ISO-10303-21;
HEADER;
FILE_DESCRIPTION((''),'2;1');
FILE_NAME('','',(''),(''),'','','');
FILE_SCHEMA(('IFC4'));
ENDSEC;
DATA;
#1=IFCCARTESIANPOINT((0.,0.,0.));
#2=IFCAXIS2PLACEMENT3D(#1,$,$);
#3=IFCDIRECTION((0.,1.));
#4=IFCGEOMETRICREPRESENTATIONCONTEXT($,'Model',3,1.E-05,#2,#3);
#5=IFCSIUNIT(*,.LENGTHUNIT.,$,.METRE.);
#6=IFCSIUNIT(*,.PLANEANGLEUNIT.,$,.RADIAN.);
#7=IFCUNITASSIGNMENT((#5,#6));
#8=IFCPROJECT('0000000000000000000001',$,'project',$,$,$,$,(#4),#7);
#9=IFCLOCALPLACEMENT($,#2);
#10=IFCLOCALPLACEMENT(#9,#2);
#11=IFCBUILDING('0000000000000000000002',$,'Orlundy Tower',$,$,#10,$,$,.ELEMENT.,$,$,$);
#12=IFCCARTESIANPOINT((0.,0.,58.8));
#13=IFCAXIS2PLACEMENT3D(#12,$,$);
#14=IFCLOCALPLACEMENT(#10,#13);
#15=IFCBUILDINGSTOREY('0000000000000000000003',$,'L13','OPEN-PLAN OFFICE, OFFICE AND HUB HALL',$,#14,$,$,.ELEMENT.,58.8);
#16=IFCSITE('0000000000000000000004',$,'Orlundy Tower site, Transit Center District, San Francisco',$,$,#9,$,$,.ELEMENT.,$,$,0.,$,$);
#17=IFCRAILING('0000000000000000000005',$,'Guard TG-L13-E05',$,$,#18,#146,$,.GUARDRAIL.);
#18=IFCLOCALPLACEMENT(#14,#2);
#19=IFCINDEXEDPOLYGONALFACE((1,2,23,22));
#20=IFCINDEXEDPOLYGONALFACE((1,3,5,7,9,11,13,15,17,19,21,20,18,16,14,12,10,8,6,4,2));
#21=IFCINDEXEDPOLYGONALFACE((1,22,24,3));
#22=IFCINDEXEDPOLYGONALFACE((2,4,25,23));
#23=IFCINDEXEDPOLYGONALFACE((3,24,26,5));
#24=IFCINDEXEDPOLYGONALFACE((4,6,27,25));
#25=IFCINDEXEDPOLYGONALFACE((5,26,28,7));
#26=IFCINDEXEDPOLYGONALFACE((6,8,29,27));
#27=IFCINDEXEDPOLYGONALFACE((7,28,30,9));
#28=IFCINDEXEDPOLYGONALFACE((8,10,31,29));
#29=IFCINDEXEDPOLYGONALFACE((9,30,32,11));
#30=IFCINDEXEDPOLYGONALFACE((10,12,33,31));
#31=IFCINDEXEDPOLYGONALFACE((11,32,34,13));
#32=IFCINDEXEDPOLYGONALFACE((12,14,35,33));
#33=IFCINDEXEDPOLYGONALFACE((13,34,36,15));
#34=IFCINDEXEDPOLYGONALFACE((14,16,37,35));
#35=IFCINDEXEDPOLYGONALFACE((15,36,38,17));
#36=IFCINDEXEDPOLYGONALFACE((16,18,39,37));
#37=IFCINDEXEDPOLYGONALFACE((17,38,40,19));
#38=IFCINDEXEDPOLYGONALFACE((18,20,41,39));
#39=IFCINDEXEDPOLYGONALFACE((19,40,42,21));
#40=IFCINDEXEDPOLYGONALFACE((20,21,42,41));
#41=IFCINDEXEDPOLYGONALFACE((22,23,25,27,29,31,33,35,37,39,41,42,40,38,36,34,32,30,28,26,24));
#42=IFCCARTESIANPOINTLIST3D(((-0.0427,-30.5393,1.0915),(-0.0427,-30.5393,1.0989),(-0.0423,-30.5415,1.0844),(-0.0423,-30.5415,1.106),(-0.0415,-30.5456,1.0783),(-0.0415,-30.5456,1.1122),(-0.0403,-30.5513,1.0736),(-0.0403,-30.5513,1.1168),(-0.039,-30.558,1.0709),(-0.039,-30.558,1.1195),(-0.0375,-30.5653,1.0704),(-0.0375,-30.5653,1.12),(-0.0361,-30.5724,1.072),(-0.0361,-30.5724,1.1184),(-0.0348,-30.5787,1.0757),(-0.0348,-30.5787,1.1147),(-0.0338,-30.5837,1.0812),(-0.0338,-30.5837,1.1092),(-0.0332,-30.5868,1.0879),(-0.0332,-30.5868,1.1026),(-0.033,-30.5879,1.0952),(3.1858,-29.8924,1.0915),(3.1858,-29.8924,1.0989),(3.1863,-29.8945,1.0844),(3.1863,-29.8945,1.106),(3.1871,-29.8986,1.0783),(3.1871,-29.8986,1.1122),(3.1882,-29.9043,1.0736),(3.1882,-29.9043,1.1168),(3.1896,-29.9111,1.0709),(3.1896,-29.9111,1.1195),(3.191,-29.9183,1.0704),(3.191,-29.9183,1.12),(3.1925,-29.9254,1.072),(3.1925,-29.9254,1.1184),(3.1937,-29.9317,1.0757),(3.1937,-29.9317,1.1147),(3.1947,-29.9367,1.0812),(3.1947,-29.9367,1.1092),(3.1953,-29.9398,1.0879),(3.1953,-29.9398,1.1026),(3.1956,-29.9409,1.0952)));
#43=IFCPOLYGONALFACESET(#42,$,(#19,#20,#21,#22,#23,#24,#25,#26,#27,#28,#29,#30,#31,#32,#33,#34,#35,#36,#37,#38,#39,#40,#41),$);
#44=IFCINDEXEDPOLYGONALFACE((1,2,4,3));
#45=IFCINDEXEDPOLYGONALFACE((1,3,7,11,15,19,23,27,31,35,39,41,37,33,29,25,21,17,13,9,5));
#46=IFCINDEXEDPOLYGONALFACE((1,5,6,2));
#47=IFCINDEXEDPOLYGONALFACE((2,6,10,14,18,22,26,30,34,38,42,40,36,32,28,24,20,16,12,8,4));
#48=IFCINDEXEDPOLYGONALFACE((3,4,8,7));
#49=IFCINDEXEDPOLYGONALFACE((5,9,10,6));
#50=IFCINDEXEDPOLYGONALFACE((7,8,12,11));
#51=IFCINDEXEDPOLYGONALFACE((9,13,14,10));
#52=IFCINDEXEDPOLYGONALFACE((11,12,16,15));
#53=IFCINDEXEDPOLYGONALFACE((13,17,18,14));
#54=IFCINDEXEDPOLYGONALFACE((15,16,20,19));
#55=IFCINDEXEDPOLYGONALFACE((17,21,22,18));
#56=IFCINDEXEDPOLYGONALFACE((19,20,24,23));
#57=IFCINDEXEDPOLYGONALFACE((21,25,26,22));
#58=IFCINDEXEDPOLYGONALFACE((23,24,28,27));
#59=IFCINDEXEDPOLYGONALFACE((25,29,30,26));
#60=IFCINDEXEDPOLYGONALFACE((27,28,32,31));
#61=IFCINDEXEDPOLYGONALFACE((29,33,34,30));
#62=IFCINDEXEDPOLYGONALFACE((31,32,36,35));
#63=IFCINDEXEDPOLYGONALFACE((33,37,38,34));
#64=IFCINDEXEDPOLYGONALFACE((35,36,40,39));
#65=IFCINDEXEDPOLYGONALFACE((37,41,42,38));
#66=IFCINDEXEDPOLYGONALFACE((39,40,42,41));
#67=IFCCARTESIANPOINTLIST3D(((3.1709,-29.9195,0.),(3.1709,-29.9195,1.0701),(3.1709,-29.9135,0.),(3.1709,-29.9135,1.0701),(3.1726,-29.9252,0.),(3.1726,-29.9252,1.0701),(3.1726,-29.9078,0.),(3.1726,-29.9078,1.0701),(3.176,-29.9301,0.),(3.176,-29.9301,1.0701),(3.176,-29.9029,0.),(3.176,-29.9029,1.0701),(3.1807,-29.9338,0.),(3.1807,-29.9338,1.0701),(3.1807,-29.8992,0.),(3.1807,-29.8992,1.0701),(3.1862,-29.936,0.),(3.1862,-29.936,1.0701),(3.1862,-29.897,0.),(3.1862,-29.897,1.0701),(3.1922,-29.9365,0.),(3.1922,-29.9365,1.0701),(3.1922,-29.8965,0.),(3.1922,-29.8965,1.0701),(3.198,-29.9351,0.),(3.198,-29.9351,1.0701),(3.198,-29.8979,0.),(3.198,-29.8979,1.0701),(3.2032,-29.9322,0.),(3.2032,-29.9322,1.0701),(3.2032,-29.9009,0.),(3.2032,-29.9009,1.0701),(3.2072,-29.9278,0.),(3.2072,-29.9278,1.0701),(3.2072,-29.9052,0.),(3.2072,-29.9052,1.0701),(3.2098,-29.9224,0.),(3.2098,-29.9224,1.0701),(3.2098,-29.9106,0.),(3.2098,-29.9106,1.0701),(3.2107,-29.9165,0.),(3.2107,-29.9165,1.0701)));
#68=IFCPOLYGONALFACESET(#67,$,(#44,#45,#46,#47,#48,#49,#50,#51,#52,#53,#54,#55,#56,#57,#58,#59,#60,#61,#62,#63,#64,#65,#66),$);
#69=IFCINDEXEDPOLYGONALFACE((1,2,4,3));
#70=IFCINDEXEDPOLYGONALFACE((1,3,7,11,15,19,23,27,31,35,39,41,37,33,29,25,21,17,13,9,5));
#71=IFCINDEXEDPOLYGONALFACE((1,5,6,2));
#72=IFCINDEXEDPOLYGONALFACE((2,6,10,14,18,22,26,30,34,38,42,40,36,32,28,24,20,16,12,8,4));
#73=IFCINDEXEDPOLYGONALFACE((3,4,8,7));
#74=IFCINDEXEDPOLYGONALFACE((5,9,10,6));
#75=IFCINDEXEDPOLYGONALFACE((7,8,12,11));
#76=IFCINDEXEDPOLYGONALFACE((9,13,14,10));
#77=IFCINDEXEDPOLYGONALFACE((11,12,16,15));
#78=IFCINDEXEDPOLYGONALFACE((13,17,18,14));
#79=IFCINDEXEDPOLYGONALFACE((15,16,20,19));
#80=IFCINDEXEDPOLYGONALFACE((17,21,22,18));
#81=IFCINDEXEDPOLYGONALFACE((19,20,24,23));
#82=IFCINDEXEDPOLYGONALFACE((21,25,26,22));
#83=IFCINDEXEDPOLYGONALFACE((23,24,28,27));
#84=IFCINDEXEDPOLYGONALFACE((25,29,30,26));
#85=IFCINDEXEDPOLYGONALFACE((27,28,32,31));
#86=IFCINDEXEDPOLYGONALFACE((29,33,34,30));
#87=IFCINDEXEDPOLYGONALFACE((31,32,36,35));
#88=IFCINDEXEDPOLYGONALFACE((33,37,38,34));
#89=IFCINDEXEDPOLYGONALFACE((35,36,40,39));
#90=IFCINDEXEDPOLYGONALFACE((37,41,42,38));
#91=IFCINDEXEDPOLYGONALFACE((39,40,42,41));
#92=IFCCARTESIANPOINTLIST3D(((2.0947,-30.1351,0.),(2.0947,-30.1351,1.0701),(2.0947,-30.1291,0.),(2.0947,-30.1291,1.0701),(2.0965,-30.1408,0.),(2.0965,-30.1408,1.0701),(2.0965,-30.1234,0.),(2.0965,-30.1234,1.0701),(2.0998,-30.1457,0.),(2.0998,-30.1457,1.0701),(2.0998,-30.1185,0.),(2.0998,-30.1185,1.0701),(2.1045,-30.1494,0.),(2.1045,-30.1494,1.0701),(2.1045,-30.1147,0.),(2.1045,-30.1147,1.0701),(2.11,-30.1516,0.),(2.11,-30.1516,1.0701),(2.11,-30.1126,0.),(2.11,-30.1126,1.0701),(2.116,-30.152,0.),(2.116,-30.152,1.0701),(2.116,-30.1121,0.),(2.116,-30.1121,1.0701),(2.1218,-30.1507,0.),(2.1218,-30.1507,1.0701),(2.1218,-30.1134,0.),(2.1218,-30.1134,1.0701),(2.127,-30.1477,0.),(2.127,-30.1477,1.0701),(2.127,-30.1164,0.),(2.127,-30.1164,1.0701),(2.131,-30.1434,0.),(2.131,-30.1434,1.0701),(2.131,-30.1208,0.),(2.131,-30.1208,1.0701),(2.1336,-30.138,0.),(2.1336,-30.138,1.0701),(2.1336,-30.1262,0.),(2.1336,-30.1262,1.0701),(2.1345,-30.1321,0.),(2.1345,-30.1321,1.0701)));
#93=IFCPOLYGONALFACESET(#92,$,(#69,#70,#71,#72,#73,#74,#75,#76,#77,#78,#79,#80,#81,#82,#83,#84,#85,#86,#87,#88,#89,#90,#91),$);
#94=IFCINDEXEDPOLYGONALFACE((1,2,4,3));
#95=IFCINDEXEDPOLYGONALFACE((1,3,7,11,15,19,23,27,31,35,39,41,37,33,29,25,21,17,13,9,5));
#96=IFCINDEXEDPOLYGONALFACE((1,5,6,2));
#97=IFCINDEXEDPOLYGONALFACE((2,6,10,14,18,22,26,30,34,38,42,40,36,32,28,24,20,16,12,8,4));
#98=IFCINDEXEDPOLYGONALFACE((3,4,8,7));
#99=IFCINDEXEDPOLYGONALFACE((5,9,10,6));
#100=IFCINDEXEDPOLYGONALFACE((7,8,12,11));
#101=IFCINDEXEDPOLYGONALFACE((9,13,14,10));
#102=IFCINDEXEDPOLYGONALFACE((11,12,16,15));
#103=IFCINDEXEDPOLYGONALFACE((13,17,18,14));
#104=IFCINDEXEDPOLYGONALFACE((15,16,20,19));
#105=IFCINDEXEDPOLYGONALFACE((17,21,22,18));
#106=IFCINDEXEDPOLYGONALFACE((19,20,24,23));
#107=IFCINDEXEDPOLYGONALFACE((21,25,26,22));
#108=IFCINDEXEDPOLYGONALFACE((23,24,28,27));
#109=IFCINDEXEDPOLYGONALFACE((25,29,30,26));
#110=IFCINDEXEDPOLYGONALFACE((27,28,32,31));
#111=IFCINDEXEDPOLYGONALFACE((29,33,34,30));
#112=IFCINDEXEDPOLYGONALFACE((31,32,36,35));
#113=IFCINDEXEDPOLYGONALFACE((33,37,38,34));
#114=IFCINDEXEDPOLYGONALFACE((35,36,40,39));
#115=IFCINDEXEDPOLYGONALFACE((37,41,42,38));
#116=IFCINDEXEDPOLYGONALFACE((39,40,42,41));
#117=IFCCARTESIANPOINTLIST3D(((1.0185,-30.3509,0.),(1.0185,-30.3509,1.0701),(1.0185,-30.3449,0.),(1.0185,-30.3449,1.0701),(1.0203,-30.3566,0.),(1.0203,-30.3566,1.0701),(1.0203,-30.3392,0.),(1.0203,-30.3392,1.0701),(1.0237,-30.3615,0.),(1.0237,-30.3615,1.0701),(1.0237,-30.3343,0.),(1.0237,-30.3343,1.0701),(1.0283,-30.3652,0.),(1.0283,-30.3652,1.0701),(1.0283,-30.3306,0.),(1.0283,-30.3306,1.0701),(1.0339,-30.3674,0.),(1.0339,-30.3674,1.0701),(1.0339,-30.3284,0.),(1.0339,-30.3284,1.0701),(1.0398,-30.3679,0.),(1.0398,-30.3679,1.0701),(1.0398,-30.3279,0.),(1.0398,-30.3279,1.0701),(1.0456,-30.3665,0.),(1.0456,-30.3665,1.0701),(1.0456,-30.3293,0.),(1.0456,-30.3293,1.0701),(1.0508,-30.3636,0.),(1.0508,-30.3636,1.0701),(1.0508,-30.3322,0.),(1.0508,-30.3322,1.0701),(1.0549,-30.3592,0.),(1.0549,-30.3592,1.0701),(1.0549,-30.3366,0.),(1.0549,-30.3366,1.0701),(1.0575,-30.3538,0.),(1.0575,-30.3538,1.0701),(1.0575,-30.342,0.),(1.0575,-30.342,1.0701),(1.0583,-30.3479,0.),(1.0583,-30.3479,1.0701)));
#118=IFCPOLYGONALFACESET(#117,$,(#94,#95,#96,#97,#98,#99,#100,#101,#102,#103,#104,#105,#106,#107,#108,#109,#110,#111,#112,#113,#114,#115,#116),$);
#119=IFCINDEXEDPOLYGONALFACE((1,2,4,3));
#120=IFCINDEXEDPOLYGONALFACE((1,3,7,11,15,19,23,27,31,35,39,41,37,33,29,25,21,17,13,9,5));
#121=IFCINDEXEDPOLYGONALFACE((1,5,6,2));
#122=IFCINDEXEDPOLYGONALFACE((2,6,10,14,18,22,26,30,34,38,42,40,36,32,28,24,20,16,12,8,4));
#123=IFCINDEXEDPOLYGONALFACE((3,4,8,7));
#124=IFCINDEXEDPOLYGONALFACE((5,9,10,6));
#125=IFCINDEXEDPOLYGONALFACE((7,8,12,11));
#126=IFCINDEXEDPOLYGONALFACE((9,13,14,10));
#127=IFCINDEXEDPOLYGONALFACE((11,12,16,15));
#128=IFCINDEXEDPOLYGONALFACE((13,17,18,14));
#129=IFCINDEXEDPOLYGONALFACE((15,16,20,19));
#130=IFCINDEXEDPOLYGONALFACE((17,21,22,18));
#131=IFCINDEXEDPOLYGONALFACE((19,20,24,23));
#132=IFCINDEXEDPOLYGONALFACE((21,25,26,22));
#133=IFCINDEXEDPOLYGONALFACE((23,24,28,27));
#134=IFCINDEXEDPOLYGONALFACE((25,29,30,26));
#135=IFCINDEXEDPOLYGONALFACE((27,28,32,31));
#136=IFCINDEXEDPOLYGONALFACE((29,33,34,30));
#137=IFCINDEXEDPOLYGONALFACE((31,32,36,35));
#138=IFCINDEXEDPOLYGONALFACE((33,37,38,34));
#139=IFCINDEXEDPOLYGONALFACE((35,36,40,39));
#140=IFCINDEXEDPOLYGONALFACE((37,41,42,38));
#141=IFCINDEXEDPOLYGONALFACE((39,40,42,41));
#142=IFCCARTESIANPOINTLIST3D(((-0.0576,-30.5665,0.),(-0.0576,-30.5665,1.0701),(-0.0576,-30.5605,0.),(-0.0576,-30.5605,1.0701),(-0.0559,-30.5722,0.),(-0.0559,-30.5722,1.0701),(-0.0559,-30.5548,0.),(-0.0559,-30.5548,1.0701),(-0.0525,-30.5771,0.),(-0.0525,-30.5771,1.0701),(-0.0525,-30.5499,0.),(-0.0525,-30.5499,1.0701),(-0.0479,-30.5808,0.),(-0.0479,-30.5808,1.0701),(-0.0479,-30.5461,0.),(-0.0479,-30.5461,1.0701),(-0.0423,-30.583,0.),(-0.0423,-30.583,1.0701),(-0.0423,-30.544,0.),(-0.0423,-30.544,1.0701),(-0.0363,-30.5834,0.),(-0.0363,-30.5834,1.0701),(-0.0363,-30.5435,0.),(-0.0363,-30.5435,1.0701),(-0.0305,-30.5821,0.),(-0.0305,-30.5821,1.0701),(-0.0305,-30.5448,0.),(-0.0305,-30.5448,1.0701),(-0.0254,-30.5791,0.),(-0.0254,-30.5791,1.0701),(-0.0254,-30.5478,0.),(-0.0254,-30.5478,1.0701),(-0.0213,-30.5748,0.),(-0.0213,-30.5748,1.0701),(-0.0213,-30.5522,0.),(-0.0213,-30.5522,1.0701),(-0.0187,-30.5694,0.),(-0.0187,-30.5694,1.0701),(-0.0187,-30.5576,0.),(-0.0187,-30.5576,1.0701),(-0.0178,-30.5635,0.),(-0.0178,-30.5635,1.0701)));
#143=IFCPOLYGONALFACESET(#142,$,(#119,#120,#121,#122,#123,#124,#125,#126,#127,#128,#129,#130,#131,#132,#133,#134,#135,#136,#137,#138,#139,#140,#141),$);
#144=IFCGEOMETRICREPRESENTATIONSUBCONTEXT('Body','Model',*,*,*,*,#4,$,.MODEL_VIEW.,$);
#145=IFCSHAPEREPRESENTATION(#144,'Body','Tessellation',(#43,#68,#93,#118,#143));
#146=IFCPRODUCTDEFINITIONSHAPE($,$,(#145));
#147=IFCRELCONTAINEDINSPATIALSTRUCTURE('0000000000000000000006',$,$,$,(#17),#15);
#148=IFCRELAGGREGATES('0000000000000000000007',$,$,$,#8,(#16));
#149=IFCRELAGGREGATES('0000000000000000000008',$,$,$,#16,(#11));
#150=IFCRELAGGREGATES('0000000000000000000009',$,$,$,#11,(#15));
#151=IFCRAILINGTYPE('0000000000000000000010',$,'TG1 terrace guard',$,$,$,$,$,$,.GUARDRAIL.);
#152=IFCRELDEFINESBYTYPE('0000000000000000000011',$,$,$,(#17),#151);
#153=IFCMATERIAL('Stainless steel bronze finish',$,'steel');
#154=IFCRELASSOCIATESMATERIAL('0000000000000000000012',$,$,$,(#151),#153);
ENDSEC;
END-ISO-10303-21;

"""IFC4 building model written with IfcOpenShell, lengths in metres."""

from ifc_helpers import new_model, si_unit, direction, frame, origin, origin_2d, place, context, subcontext, project, spatial, circle, extrude, material, type_object, element, save


model = new_model("IFC4")

# Units and contexts
model_context = context("Model", 3, precision=1e-05, world=origin(), true_north=direction((0.0, 1.0)))
body_context = subcontext(model_context, "Body", "Model", "MODEL_VIEW")
ifc_project = project(units=[si_unit("LENGTHUNIT", "METRE"), si_unit("PLANEANGLEUNIT", "RADIAN")], contexts=[model_context])

# Site, building, storey
site_placement = place(None, origin())
site = spatial("IfcSite", under=ifc_project, at=site_placement, Name="Orlundy Tower site, Transit Center District, San Francisco", CompositionType="ELEMENT", RefElevation=0.0)
building_placement = place(site_placement, origin())
building = spatial("IfcBuilding", under=site, at=building_placement, Name="Orlundy Tower", CompositionType="ELEMENT")
storey_placement = place(building_placement, frame((0.0, 0.0, 58.8)))
storey = spatial("IfcBuildingStorey", under=building, at=storey_placement, Name="L13", Description="OPEN-PLAN OFFICE, OFFICE AND HUB HALL", CompositionType="ELEMENT", Elevation=58.8)

# Railing
ifc_material_1 = material(Name="Stainless steel bronze finish", Category="steel")
railing_type = type_object("IfcRailingType", Name="TG1 terrace guard", PredefinedType="GUARDRAIL", material=ifc_material_1)
railing_placement = place(storey_placement, frame((3.1907, -29.9165, 0.0)))
element("IfcRailing", 1, at=railing_placement, inside=storey, type_object=railing_type, Name="Guard TG-L13-E05", PredefinedType="GUARDRAIL", context=body_context, shape_type="SweptSolid", body=[
    extrude(circle(Radius=0.0249, at=origin_2d()), frame((0.0, 0.0, 1.0952), z_axis=(-0.980506, -0.196487, 0.0), x_axis=(0.196487, -0.980506, 0.0)), (0.0, 0.0, 1.0), 3.2927),
    extrude(circle(Radius=0.02, at=origin_2d()), origin(), (0.0, 0.0, 1.0), 1.0701),
    extrude(circle(Radius=0.02, at=origin_2d()), frame((-1.0762, -0.2156, 0.0)), (0.0, 0.0, 1.0), 1.0701),
    extrude(circle(Radius=0.02, at=origin_2d()), frame((-2.1523, -0.4314, 0.0)), (0.0, 0.0, 1.0), 1.0701),
    extrude(circle(Radius=0.02, at=origin_2d()), frame((-3.2285, -0.647, 0.0)), (0.0, 0.0, 1.0), 1.0701),
])

save(model, "model.ifc")
